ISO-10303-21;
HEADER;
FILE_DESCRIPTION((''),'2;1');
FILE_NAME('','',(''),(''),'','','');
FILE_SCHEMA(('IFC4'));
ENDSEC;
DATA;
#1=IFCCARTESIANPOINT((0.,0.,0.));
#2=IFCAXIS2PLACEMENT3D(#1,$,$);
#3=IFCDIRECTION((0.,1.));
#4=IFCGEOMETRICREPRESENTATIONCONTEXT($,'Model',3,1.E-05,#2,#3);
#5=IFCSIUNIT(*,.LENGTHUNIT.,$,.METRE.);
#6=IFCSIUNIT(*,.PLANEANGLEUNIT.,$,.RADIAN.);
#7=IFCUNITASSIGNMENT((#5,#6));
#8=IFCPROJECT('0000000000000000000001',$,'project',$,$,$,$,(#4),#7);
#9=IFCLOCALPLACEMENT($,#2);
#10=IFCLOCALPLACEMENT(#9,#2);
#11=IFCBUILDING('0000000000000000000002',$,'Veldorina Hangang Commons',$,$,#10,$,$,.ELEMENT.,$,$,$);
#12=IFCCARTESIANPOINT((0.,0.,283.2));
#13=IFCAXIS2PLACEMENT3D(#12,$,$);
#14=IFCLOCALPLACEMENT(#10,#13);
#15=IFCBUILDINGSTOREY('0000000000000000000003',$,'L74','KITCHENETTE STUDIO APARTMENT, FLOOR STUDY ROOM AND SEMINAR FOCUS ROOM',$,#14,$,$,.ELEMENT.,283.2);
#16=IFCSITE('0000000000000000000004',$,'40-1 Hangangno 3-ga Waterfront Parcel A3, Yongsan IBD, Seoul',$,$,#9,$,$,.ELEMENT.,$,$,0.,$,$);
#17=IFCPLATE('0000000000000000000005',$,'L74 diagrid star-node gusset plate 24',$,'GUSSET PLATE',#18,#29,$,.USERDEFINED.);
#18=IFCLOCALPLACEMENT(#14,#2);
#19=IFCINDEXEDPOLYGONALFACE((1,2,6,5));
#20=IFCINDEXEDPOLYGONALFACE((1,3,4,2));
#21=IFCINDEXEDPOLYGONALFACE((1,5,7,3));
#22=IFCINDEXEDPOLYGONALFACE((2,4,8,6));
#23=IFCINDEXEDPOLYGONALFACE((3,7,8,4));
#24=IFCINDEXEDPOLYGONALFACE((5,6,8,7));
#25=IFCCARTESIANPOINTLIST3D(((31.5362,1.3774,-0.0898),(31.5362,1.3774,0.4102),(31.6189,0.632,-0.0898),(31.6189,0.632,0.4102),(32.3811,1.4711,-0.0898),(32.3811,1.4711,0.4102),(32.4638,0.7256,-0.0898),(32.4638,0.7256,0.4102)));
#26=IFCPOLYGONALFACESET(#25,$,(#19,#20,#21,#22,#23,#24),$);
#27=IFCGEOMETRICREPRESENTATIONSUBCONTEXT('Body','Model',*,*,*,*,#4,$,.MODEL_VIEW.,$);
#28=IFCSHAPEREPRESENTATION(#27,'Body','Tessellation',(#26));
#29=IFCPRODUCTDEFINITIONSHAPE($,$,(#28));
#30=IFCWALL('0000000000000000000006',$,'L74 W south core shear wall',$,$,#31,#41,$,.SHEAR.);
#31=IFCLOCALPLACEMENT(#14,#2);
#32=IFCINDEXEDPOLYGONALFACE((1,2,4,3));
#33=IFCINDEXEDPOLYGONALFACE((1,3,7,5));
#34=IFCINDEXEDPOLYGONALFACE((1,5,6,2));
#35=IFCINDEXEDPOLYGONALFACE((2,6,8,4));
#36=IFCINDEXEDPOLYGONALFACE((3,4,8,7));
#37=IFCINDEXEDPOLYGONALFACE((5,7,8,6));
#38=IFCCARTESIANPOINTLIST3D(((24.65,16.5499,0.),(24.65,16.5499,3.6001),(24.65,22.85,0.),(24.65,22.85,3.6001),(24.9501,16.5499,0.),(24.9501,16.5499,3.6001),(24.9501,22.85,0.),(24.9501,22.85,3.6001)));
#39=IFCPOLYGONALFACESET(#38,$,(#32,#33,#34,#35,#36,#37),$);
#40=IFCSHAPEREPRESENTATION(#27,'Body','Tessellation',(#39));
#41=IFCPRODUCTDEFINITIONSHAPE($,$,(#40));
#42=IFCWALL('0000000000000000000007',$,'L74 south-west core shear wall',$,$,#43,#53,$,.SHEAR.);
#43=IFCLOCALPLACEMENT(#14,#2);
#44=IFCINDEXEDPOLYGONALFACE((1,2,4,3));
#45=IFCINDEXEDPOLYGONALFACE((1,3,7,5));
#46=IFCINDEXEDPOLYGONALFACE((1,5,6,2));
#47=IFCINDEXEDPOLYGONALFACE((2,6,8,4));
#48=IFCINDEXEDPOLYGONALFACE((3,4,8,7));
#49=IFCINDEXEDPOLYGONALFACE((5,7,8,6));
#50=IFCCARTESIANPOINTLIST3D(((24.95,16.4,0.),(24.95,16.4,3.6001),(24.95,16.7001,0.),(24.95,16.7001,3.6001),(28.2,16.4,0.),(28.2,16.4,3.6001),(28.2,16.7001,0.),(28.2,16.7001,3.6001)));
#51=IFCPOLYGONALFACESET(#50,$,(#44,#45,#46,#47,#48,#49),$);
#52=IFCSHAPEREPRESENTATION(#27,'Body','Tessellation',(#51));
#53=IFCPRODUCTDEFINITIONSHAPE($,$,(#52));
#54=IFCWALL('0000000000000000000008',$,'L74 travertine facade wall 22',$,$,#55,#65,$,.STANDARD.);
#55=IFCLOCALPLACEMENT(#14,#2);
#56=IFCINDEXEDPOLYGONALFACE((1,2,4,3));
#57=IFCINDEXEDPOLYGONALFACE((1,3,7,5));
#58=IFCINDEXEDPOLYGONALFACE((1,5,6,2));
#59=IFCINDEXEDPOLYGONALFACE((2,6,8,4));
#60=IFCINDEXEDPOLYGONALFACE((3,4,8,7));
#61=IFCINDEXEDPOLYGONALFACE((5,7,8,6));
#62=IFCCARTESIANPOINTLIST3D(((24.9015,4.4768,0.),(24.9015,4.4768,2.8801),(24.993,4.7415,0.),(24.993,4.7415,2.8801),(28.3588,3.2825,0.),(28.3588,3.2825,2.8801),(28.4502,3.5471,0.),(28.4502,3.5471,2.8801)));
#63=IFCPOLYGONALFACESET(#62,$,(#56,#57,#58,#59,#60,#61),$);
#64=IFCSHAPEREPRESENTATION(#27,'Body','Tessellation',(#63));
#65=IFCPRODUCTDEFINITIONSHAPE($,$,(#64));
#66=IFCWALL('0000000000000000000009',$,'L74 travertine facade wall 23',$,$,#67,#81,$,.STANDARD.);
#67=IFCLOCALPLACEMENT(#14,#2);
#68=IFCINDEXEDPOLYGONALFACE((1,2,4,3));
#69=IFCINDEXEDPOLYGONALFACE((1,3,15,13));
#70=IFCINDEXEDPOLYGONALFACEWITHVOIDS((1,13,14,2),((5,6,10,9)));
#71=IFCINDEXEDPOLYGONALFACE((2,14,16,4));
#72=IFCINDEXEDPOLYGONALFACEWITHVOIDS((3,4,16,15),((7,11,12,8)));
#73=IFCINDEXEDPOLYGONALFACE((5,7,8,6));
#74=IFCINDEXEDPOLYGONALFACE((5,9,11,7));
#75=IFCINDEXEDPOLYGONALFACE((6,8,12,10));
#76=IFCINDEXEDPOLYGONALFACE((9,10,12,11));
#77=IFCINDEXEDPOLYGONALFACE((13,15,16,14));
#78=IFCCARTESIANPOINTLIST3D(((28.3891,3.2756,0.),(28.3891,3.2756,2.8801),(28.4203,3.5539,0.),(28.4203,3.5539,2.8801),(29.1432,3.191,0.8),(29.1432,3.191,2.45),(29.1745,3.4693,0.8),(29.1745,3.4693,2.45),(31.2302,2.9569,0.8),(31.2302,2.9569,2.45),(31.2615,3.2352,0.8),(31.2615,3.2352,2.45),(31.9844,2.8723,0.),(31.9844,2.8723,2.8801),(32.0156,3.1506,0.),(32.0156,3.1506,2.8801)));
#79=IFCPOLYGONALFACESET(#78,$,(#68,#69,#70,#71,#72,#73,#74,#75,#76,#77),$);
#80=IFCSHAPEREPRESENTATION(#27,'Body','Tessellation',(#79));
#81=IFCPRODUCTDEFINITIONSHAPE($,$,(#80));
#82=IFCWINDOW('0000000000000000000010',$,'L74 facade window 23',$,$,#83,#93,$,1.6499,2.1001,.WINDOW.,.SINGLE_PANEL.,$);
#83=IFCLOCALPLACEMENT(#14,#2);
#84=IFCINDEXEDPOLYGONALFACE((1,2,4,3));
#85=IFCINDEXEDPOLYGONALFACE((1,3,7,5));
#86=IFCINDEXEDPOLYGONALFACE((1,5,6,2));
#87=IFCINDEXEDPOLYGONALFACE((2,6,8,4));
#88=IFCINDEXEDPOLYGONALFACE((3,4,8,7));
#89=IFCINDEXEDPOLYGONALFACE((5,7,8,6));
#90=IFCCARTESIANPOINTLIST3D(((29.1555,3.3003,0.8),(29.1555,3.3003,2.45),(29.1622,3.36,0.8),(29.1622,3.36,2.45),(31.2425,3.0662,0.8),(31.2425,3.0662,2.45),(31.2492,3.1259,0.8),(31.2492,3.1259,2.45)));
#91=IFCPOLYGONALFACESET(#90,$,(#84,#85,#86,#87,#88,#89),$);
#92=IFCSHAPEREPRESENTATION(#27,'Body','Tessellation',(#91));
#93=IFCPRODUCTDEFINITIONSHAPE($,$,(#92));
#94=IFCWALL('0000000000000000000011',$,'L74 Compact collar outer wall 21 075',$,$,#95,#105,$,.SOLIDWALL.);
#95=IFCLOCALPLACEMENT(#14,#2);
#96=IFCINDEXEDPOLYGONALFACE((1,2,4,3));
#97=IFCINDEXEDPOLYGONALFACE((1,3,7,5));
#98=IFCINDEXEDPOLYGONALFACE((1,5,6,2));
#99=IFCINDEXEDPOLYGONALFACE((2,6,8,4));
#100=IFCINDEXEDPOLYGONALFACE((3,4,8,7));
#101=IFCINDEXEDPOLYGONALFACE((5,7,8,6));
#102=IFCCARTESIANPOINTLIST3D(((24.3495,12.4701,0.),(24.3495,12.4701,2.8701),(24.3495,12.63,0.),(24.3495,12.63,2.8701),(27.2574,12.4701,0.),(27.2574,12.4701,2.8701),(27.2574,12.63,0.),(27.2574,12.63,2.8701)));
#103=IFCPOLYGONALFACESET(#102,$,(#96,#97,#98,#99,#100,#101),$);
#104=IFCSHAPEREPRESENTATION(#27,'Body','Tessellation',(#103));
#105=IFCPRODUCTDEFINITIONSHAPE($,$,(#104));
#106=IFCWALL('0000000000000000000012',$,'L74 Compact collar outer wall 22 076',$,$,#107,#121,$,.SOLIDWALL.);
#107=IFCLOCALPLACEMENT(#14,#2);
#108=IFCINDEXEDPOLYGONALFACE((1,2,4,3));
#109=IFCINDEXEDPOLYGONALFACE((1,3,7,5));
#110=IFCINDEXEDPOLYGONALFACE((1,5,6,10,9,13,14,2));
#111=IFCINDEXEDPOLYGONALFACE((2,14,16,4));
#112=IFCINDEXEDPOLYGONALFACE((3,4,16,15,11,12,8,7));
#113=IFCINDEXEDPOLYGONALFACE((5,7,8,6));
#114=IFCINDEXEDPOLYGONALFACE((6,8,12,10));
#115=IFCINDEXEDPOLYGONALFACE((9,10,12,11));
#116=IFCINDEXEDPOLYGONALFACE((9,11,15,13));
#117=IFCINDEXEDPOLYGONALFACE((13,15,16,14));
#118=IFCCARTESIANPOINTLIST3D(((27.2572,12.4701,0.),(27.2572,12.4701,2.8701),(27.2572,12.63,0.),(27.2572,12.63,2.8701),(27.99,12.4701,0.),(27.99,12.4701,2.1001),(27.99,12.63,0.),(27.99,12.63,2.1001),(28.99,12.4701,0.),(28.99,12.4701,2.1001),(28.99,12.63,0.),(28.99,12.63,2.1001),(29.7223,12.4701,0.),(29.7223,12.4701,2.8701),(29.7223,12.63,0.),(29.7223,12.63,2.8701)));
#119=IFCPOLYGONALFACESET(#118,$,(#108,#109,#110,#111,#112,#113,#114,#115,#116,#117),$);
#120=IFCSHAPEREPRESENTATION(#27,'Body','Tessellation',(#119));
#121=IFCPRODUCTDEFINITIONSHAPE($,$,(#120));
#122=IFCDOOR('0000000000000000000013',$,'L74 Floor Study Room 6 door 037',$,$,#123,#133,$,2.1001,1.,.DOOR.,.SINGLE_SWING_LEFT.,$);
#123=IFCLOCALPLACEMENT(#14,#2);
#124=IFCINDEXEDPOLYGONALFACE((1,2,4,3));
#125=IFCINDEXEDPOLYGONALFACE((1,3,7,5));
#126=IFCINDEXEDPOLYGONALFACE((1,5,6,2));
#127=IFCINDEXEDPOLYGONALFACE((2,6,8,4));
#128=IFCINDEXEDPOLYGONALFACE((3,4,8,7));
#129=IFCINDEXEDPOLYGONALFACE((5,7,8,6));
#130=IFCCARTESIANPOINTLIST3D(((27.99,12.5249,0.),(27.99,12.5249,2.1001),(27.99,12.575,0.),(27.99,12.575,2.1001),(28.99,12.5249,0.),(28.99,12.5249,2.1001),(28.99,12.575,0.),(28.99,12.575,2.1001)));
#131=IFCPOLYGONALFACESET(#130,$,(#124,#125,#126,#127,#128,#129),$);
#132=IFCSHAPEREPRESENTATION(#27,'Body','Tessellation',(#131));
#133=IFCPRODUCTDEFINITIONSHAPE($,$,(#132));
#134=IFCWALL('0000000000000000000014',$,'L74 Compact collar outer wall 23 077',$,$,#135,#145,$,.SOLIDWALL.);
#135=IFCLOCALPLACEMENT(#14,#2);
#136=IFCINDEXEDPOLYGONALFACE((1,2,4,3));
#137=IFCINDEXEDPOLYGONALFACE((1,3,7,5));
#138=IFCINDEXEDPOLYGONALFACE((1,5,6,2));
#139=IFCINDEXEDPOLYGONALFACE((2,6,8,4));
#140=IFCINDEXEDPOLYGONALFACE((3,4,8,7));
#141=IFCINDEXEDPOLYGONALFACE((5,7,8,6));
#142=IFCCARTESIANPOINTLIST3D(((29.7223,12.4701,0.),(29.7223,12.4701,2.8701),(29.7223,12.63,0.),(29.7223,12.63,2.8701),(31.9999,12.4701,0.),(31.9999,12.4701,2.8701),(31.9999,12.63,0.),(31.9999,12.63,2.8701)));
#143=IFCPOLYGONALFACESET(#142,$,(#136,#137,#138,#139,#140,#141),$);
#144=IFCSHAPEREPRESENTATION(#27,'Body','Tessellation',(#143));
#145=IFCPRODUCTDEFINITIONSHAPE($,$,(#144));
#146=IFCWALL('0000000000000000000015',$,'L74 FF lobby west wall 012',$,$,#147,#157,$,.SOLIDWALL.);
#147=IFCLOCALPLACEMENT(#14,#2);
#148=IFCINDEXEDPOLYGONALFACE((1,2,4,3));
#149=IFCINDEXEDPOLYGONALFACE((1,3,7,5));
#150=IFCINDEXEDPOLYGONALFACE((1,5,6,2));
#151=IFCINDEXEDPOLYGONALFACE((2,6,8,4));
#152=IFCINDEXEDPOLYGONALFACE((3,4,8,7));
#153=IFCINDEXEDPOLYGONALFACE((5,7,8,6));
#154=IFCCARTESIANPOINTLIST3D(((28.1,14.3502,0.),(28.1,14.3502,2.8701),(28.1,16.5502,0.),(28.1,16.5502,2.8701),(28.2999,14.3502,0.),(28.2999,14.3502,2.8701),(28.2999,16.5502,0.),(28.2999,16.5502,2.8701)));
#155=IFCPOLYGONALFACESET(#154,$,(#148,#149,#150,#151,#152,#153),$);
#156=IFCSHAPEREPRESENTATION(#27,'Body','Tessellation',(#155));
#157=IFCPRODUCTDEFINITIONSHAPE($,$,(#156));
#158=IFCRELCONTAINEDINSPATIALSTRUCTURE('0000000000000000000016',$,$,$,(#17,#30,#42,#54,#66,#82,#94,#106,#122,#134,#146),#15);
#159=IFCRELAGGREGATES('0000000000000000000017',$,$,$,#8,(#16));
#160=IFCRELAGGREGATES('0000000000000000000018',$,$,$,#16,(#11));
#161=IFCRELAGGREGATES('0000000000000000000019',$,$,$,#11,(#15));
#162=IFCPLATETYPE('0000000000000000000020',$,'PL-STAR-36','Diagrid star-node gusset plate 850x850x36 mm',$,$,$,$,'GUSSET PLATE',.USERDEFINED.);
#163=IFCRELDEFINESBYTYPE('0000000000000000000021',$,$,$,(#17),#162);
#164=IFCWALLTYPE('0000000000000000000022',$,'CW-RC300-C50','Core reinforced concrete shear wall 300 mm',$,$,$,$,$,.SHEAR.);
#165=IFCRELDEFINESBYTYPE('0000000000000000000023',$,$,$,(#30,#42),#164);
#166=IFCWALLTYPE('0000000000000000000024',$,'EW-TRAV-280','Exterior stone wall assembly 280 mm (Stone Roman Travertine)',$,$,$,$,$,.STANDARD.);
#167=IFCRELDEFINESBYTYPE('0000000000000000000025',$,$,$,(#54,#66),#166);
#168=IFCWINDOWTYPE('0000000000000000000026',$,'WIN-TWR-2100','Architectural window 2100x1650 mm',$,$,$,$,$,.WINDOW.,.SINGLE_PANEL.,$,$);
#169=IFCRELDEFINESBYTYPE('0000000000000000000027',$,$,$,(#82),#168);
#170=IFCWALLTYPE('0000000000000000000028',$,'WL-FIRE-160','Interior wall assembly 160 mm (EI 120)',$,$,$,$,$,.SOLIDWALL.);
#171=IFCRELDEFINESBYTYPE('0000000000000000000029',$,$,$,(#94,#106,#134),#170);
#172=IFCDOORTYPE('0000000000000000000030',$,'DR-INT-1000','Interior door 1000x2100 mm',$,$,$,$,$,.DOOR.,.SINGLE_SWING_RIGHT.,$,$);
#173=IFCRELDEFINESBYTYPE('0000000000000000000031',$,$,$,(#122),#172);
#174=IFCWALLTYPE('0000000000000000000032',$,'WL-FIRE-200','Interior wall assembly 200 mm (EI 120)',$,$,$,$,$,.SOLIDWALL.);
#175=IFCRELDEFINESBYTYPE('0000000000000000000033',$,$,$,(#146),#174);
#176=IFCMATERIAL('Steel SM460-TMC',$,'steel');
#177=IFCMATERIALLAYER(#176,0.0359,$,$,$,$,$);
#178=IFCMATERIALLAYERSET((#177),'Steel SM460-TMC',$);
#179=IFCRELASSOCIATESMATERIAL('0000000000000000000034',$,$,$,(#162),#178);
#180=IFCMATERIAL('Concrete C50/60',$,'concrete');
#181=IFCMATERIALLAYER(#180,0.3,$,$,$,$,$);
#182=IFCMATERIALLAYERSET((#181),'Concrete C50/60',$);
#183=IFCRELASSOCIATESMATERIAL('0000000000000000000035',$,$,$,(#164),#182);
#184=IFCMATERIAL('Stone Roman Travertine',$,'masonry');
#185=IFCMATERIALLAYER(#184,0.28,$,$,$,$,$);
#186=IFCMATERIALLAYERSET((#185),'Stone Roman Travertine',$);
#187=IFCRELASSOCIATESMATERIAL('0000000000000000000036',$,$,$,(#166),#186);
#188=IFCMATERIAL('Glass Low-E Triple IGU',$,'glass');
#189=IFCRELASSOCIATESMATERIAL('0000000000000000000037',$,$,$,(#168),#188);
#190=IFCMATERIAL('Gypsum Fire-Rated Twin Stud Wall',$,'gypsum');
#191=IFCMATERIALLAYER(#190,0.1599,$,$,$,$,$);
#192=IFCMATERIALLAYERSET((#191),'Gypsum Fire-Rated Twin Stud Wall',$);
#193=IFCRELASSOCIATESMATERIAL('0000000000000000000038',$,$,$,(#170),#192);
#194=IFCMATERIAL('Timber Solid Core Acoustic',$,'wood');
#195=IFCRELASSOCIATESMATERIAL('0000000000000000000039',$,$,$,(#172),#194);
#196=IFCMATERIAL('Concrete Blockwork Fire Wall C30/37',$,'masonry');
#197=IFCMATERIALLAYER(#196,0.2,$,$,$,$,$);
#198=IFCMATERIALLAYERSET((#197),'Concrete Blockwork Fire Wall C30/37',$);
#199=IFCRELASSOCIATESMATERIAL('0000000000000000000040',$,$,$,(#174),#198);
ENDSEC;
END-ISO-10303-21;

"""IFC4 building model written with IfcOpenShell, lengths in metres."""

from ifc_helpers import new_model, si_unit, direction, frame, frame_2d, origin, origin_2d, place, context, subcontext, project, spatial, rectangle, extrude, material, layer, layer_set, type_object, element, fill, save


model = new_model("IFC4")

# Units and contexts
model_context = context("Model", 3, precision=1e-05, world=origin(), true_north=direction((0.0, 1.0)))
body_context = subcontext(model_context, "Body", "Model", "MODEL_VIEW")
ifc_project = project(units=[si_unit("LENGTHUNIT", "METRE"), si_unit("PLANEANGLEUNIT", "RADIAN")], contexts=[model_context])

# Site, building, storey
site_placement = place(None, origin())
site = spatial("IfcSite", under=ifc_project, at=site_placement, Name="40-1 Hangangno 3-ga Waterfront Parcel A3, Yongsan IBD, Seoul", CompositionType="ELEMENT", RefElevation=0.0)
building_placement = place(site_placement, origin())
building = spatial("IfcBuilding", under=site, at=building_placement, Name="Veldorina Hangang Commons", CompositionType="ELEMENT")
storey_placement = place(building_placement, frame((0.0, 0.0, 283.2)))
storey = spatial("IfcBuildingStorey", under=building, at=storey_placement, Name="L74", Description="KITCHENETTE STUDIO APARTMENT, FLOOR STUDY ROOM AND SEMINAR FOCUS ROOM", CompositionType="ELEMENT", Elevation=283.2)

# Plate
ifc_material_1 = material(Name="Steel SM460-TMC", Category="steel")
ifc_layer_1 = layer(ifc_material_1, 0.0359)
ifc_layer_set_1 = layer_set([ifc_layer_1], Name="Steel SM460-TMC")
plate_type = type_object("IfcPlateType", Name="PL-STAR-36", Description="Diagrid star-node gusset plate 850x850x36 mm", ElementType="GUSSET PLATE", PredefinedType="USERDEFINED", material=ifc_layer_set_1)
for number, where, z_axis, x_axis, name in (
    (1, (32.0, 1.0515, -0.0898), (0.0, 0.0, 1.0), (0.993913, 0.110168, 0.0), "L74 diagrid star-node gusset plate 24"),
):
    element("IfcPlate", number, at=place(storey_placement, frame(where, z_axis=z_axis, x_axis=x_axis)), inside=storey, type_object=plate_type, Name=name, ObjectType="GUSSET PLATE", PredefinedType="USERDEFINED", context=body_context, shape_type="SweptSolid", body=[
        extrude(rectangle(XDim=0.8501, YDim=0.75, at=origin_2d()), origin(), (0.0, 0.0, 1.0), 0.5),
    ])

# Walls
ifc_material_2 = material(Name="Concrete C50/60", Category="concrete")
ifc_layer_2 = layer(ifc_material_2, 0.3)
ifc_layer_set_2 = layer_set([ifc_layer_2], Name="Concrete C50/60")
wall_type_1 = type_object("IfcWallType", Name="CW-RC300-C50", Description="Core reinforced concrete shear wall 300 mm", PredefinedType="SHEAR", material=ifc_layer_set_2)
wall_1_placement = place(storey_placement, frame((24.8, 16.55, 0.0), z_axis=(0.0, 0.0, 1.0), x_axis=(0.0, 1.0, 0.0)))
element("IfcWall", 2, at=wall_1_placement, inside=storey, type_object=wall_type_1, Name="L74 W south core shear wall", PredefinedType="SHEAR", context=body_context, shape_type="SweptSolid", body=[
    extrude(rectangle(XDim=6.3, YDim=0.3, at=frame_2d((3.1499, 0.0))), origin(), (0.0, 0.0, 1.0), 3.6001),
])
wall_2_placement = place(storey_placement, frame((24.95, 16.55, 0.0), z_axis=(0.0, 0.0, 1.0), x_axis=(1.0, 0.0, 0.0)))
element("IfcWall", 3, at=wall_2_placement, inside=storey, type_object=wall_type_1, Name="L74 south-west core shear wall", PredefinedType="SHEAR", context=body_context, shape_type="SweptSolid", body=[
    extrude(rectangle(XDim=3.25, YDim=0.3, at=frame_2d((1.625, 0.0))), origin(), (0.0, 0.0, 1.0), 3.6001),
])
ifc_material_3 = material(Name="Stone Roman Travertine", Category="masonry")
ifc_layer_3 = layer(ifc_material_3, 0.28)
ifc_layer_set_3 = layer_set([ifc_layer_3], Name="Stone Roman Travertine")
wall_type_2 = type_object("IfcWallType", Name="EW-TRAV-280", Description="Exterior stone wall assembly 280 mm (Stone Roman Travertine)", PredefinedType="STANDARD", material=ifc_layer_set_3)
wall_3_placement = place(storey_placement, frame((24.9473, 4.6091, 0.0), z_axis=(0.0, 0.0, 1.0), x_axis=(0.94519, -0.326521, 0.0)))
element("IfcWall", 4, at=wall_3_placement, inside=storey, type_object=wall_type_2, Name="L74 travertine facade wall 22", PredefinedType="STANDARD", context=body_context, shape_type="SweptSolid", body=[
    extrude(rectangle(XDim=3.6577, YDim=0.28, at=frame_2d((1.8289, 0.0))), origin(), (0.0, 0.0, 1.0), 2.8801),
])

# Wall, opening, window
wall_4_placement = place(storey_placement, frame((28.4045, 3.4148, 0.0), z_axis=(0.0, 0.0, 1.0), x_axis=(0.993767, -0.111476, 0.0)))
wall_4 = element("IfcWall", 5, at=wall_4_placement, inside=storey, type_object=wall_type_2, Name="L74 travertine facade wall 23", PredefinedType="STANDARD", context=body_context, shape_type="SweptSolid", body=[
    extrude(rectangle(XDim=3.6179, YDim=0.28, at=frame_2d((1.8091, 0.0))), origin(), (0.0, 0.0, 1.0), 2.8801),
])
opening_1_placement = place(wall_4_placement, frame((0.759, 0.0, 0.8)))
opening_1 = element("IfcOpeningElement", 6, at=opening_1_placement, cuts=wall_4, PredefinedType="OPENING", context=body_context, shape_type="SweptSolid", body=[
    extrude(rectangle(XDim=2.1001, YDim=1.6499, at=frame_2d((1.05, 0.825))), frame((0.0, 0.1499, 0.0), z_axis=(0.0, -1.0, 0.0), x_axis=(1.0, 0.0, 0.0)), (0.0, 0.0, 1.0), 0.3),
])
ifc_material_4 = material(Name="Glass Low-E Triple IGU", Category="glass")
window_type = type_object("IfcWindowType", Name="WIN-TWR-2100", Description="Architectural window 2100x1650 mm", PartitioningType="SINGLE_PANEL", PredefinedType="WINDOW", material=ifc_material_4)
window_placement = place(opening_1_placement, origin())
window = element("IfcWindow", 7, at=window_placement, inside=storey, type_object=window_type, Name="L74 facade window 23", OverallHeight=1.6499, OverallWidth=2.1001, PartitioningType="SINGLE_PANEL", PredefinedType="WINDOW", context=body_context, shape_type="SweptSolid", body=[
    extrude(rectangle(XDim=2.1001, YDim=1.6499, at=frame_2d((1.05, 0.825))), frame((0.0, 0.03, 0.0), z_axis=(0.0, -1.0, 0.0), x_axis=(1.0, 0.0, 0.0)), (0.0, 0.0, 1.0), 0.0601),
])
fill(opening_1, window)

# Wall
ifc_material_5 = material(Name="Gypsum Fire-Rated Twin Stud Wall", Category="gypsum")
ifc_layer_4 = layer(ifc_material_5, 0.1599)
ifc_layer_set_4 = layer_set([ifc_layer_4], Name="Gypsum Fire-Rated Twin Stud Wall")
wall_type_3 = type_object("IfcWallType", Name="WL-FIRE-160", Description="Interior wall assembly 160 mm (EI 120)", PredefinedType="SOLIDWALL", material=ifc_layer_set_4)
wall_5_placement = place(storey_placement, frame((24.3494, 12.55, 0.0), z_axis=(0.0, 0.0, 1.0), x_axis=(1.0, 0.0, 0.0)))
element("IfcWall", 8, at=wall_5_placement, inside=storey, type_object=wall_type_3, Name="L74 Compact collar outer wall 21 075", PredefinedType="SOLIDWALL", context=body_context, shape_type="SweptSolid", body=[
    extrude(rectangle(XDim=2.908, YDim=0.1599, at=frame_2d((1.4541, 0.0))), origin(), (0.0, 0.0, 1.0), 2.8701),
])

# Wall, opening, door
wall_6_placement = place(storey_placement, frame((27.2573, 12.55, 0.0), z_axis=(0.0, 0.0, 1.0), x_axis=(1.0, 0.0, 0.0)))
wall_6 = element("IfcWall", 9, at=wall_6_placement, inside=storey, type_object=wall_type_3, Name="L74 Compact collar outer wall 22 076", PredefinedType="SOLIDWALL", context=body_context, shape_type="SweptSolid", body=[
    extrude(rectangle(XDim=2.4651, YDim=0.1599, at=frame_2d((1.2324, 0.0))), origin(), (0.0, 0.0, 1.0), 2.8701),
])
opening_2_placement = place(wall_6_placement, frame((0.7327, 0.0, 0.0)))
opening_2 = element("IfcOpeningElement", 10, at=opening_2_placement, cuts=wall_6, PredefinedType="OPENING", context=body_context, shape_type="SweptSolid", body=[
    extrude(rectangle(XDim=1.0, YDim=2.1001, at=frame_2d((0.5, 1.05))), frame((0.0, 0.0898, 0.0), z_axis=(0.0, -1.0, 0.0), x_axis=(1.0, 0.0, 0.0)), (0.0, 0.0, 1.0), 0.1799),
])
ifc_material_6 = material(Name="Timber Solid Core Acoustic", Category="wood")
door_type_1 = type_object("IfcDoorType", Name="DR-INT-1000", Description="Interior door 1000x2100 mm", OperationType="SINGLE_SWING_RIGHT", PredefinedType="DOOR", material=ifc_material_6)
door_1_placement = place(opening_2_placement, origin())
door_1 = element("IfcDoor", 11, at=door_1_placement, inside=storey, type_object=door_type_1, Name="L74 Floor Study Room 6 door 037", OperationType="SINGLE_SWING_LEFT", OverallHeight=2.1001, OverallWidth=1.0, PredefinedType="DOOR", context=body_context, shape_type="SweptSolid", body=[
    extrude(rectangle(XDim=1.0, YDim=2.1001, at=frame_2d((0.5, 1.05))), frame((0.0, 0.0249, 0.0), z_axis=(0.0, -1.0, 0.0), x_axis=(1.0, 0.0, 0.0)), (0.0, 0.0, 1.0), 0.05),
])
fill(opening_2, door_1)

# Walls
wall_7_placement = place(storey_placement, frame((29.7224, 12.55, 0.0), z_axis=(0.0, 0.0, 1.0), x_axis=(1.0, 0.0, 0.0)))
element("IfcWall", 12, at=wall_7_placement, inside=storey, type_object=wall_type_3, Name="L74 Compact collar outer wall 23 077", PredefinedType="SOLIDWALL", context=body_context, shape_type="SweptSolid", body=[
    extrude(rectangle(XDim=2.2776, YDim=0.1599, at=frame_2d((1.1387, 0.0))), origin(), (0.0, 0.0, 1.0), 2.8701),
])
ifc_material_7 = material(Name="Concrete Blockwork Fire Wall C30/37", Category="masonry")
ifc_layer_5 = layer(ifc_material_7, 0.2)
ifc_layer_set_5 = layer_set([ifc_layer_5], Name="Concrete Blockwork Fire Wall C30/37")
wall_type_4 = type_object("IfcWallType", Name="WL-FIRE-200", Description="Interior wall assembly 200 mm (EI 120)", PredefinedType="SOLIDWALL", material=ifc_layer_set_5)
wall_8_placement = place(storey_placement, frame((28.2, 14.3501, 0.0), z_axis=(0.0, 0.0, 1.0), x_axis=(0.0, 1.0, 0.0)))
element("IfcWall", 13, at=wall_8_placement, inside=storey, type_object=wall_type_4, Name="L74 FF lobby west wall 012", PredefinedType="SOLIDWALL", context=body_context, shape_type="SweptSolid", body=[
    extrude(rectangle(XDim=2.2, YDim=0.2, at=frame_2d((1.1001, 0.0))), origin(), (0.0, 0.0, 1.0), 2.8701),
])

save(model, "model.ifc")
